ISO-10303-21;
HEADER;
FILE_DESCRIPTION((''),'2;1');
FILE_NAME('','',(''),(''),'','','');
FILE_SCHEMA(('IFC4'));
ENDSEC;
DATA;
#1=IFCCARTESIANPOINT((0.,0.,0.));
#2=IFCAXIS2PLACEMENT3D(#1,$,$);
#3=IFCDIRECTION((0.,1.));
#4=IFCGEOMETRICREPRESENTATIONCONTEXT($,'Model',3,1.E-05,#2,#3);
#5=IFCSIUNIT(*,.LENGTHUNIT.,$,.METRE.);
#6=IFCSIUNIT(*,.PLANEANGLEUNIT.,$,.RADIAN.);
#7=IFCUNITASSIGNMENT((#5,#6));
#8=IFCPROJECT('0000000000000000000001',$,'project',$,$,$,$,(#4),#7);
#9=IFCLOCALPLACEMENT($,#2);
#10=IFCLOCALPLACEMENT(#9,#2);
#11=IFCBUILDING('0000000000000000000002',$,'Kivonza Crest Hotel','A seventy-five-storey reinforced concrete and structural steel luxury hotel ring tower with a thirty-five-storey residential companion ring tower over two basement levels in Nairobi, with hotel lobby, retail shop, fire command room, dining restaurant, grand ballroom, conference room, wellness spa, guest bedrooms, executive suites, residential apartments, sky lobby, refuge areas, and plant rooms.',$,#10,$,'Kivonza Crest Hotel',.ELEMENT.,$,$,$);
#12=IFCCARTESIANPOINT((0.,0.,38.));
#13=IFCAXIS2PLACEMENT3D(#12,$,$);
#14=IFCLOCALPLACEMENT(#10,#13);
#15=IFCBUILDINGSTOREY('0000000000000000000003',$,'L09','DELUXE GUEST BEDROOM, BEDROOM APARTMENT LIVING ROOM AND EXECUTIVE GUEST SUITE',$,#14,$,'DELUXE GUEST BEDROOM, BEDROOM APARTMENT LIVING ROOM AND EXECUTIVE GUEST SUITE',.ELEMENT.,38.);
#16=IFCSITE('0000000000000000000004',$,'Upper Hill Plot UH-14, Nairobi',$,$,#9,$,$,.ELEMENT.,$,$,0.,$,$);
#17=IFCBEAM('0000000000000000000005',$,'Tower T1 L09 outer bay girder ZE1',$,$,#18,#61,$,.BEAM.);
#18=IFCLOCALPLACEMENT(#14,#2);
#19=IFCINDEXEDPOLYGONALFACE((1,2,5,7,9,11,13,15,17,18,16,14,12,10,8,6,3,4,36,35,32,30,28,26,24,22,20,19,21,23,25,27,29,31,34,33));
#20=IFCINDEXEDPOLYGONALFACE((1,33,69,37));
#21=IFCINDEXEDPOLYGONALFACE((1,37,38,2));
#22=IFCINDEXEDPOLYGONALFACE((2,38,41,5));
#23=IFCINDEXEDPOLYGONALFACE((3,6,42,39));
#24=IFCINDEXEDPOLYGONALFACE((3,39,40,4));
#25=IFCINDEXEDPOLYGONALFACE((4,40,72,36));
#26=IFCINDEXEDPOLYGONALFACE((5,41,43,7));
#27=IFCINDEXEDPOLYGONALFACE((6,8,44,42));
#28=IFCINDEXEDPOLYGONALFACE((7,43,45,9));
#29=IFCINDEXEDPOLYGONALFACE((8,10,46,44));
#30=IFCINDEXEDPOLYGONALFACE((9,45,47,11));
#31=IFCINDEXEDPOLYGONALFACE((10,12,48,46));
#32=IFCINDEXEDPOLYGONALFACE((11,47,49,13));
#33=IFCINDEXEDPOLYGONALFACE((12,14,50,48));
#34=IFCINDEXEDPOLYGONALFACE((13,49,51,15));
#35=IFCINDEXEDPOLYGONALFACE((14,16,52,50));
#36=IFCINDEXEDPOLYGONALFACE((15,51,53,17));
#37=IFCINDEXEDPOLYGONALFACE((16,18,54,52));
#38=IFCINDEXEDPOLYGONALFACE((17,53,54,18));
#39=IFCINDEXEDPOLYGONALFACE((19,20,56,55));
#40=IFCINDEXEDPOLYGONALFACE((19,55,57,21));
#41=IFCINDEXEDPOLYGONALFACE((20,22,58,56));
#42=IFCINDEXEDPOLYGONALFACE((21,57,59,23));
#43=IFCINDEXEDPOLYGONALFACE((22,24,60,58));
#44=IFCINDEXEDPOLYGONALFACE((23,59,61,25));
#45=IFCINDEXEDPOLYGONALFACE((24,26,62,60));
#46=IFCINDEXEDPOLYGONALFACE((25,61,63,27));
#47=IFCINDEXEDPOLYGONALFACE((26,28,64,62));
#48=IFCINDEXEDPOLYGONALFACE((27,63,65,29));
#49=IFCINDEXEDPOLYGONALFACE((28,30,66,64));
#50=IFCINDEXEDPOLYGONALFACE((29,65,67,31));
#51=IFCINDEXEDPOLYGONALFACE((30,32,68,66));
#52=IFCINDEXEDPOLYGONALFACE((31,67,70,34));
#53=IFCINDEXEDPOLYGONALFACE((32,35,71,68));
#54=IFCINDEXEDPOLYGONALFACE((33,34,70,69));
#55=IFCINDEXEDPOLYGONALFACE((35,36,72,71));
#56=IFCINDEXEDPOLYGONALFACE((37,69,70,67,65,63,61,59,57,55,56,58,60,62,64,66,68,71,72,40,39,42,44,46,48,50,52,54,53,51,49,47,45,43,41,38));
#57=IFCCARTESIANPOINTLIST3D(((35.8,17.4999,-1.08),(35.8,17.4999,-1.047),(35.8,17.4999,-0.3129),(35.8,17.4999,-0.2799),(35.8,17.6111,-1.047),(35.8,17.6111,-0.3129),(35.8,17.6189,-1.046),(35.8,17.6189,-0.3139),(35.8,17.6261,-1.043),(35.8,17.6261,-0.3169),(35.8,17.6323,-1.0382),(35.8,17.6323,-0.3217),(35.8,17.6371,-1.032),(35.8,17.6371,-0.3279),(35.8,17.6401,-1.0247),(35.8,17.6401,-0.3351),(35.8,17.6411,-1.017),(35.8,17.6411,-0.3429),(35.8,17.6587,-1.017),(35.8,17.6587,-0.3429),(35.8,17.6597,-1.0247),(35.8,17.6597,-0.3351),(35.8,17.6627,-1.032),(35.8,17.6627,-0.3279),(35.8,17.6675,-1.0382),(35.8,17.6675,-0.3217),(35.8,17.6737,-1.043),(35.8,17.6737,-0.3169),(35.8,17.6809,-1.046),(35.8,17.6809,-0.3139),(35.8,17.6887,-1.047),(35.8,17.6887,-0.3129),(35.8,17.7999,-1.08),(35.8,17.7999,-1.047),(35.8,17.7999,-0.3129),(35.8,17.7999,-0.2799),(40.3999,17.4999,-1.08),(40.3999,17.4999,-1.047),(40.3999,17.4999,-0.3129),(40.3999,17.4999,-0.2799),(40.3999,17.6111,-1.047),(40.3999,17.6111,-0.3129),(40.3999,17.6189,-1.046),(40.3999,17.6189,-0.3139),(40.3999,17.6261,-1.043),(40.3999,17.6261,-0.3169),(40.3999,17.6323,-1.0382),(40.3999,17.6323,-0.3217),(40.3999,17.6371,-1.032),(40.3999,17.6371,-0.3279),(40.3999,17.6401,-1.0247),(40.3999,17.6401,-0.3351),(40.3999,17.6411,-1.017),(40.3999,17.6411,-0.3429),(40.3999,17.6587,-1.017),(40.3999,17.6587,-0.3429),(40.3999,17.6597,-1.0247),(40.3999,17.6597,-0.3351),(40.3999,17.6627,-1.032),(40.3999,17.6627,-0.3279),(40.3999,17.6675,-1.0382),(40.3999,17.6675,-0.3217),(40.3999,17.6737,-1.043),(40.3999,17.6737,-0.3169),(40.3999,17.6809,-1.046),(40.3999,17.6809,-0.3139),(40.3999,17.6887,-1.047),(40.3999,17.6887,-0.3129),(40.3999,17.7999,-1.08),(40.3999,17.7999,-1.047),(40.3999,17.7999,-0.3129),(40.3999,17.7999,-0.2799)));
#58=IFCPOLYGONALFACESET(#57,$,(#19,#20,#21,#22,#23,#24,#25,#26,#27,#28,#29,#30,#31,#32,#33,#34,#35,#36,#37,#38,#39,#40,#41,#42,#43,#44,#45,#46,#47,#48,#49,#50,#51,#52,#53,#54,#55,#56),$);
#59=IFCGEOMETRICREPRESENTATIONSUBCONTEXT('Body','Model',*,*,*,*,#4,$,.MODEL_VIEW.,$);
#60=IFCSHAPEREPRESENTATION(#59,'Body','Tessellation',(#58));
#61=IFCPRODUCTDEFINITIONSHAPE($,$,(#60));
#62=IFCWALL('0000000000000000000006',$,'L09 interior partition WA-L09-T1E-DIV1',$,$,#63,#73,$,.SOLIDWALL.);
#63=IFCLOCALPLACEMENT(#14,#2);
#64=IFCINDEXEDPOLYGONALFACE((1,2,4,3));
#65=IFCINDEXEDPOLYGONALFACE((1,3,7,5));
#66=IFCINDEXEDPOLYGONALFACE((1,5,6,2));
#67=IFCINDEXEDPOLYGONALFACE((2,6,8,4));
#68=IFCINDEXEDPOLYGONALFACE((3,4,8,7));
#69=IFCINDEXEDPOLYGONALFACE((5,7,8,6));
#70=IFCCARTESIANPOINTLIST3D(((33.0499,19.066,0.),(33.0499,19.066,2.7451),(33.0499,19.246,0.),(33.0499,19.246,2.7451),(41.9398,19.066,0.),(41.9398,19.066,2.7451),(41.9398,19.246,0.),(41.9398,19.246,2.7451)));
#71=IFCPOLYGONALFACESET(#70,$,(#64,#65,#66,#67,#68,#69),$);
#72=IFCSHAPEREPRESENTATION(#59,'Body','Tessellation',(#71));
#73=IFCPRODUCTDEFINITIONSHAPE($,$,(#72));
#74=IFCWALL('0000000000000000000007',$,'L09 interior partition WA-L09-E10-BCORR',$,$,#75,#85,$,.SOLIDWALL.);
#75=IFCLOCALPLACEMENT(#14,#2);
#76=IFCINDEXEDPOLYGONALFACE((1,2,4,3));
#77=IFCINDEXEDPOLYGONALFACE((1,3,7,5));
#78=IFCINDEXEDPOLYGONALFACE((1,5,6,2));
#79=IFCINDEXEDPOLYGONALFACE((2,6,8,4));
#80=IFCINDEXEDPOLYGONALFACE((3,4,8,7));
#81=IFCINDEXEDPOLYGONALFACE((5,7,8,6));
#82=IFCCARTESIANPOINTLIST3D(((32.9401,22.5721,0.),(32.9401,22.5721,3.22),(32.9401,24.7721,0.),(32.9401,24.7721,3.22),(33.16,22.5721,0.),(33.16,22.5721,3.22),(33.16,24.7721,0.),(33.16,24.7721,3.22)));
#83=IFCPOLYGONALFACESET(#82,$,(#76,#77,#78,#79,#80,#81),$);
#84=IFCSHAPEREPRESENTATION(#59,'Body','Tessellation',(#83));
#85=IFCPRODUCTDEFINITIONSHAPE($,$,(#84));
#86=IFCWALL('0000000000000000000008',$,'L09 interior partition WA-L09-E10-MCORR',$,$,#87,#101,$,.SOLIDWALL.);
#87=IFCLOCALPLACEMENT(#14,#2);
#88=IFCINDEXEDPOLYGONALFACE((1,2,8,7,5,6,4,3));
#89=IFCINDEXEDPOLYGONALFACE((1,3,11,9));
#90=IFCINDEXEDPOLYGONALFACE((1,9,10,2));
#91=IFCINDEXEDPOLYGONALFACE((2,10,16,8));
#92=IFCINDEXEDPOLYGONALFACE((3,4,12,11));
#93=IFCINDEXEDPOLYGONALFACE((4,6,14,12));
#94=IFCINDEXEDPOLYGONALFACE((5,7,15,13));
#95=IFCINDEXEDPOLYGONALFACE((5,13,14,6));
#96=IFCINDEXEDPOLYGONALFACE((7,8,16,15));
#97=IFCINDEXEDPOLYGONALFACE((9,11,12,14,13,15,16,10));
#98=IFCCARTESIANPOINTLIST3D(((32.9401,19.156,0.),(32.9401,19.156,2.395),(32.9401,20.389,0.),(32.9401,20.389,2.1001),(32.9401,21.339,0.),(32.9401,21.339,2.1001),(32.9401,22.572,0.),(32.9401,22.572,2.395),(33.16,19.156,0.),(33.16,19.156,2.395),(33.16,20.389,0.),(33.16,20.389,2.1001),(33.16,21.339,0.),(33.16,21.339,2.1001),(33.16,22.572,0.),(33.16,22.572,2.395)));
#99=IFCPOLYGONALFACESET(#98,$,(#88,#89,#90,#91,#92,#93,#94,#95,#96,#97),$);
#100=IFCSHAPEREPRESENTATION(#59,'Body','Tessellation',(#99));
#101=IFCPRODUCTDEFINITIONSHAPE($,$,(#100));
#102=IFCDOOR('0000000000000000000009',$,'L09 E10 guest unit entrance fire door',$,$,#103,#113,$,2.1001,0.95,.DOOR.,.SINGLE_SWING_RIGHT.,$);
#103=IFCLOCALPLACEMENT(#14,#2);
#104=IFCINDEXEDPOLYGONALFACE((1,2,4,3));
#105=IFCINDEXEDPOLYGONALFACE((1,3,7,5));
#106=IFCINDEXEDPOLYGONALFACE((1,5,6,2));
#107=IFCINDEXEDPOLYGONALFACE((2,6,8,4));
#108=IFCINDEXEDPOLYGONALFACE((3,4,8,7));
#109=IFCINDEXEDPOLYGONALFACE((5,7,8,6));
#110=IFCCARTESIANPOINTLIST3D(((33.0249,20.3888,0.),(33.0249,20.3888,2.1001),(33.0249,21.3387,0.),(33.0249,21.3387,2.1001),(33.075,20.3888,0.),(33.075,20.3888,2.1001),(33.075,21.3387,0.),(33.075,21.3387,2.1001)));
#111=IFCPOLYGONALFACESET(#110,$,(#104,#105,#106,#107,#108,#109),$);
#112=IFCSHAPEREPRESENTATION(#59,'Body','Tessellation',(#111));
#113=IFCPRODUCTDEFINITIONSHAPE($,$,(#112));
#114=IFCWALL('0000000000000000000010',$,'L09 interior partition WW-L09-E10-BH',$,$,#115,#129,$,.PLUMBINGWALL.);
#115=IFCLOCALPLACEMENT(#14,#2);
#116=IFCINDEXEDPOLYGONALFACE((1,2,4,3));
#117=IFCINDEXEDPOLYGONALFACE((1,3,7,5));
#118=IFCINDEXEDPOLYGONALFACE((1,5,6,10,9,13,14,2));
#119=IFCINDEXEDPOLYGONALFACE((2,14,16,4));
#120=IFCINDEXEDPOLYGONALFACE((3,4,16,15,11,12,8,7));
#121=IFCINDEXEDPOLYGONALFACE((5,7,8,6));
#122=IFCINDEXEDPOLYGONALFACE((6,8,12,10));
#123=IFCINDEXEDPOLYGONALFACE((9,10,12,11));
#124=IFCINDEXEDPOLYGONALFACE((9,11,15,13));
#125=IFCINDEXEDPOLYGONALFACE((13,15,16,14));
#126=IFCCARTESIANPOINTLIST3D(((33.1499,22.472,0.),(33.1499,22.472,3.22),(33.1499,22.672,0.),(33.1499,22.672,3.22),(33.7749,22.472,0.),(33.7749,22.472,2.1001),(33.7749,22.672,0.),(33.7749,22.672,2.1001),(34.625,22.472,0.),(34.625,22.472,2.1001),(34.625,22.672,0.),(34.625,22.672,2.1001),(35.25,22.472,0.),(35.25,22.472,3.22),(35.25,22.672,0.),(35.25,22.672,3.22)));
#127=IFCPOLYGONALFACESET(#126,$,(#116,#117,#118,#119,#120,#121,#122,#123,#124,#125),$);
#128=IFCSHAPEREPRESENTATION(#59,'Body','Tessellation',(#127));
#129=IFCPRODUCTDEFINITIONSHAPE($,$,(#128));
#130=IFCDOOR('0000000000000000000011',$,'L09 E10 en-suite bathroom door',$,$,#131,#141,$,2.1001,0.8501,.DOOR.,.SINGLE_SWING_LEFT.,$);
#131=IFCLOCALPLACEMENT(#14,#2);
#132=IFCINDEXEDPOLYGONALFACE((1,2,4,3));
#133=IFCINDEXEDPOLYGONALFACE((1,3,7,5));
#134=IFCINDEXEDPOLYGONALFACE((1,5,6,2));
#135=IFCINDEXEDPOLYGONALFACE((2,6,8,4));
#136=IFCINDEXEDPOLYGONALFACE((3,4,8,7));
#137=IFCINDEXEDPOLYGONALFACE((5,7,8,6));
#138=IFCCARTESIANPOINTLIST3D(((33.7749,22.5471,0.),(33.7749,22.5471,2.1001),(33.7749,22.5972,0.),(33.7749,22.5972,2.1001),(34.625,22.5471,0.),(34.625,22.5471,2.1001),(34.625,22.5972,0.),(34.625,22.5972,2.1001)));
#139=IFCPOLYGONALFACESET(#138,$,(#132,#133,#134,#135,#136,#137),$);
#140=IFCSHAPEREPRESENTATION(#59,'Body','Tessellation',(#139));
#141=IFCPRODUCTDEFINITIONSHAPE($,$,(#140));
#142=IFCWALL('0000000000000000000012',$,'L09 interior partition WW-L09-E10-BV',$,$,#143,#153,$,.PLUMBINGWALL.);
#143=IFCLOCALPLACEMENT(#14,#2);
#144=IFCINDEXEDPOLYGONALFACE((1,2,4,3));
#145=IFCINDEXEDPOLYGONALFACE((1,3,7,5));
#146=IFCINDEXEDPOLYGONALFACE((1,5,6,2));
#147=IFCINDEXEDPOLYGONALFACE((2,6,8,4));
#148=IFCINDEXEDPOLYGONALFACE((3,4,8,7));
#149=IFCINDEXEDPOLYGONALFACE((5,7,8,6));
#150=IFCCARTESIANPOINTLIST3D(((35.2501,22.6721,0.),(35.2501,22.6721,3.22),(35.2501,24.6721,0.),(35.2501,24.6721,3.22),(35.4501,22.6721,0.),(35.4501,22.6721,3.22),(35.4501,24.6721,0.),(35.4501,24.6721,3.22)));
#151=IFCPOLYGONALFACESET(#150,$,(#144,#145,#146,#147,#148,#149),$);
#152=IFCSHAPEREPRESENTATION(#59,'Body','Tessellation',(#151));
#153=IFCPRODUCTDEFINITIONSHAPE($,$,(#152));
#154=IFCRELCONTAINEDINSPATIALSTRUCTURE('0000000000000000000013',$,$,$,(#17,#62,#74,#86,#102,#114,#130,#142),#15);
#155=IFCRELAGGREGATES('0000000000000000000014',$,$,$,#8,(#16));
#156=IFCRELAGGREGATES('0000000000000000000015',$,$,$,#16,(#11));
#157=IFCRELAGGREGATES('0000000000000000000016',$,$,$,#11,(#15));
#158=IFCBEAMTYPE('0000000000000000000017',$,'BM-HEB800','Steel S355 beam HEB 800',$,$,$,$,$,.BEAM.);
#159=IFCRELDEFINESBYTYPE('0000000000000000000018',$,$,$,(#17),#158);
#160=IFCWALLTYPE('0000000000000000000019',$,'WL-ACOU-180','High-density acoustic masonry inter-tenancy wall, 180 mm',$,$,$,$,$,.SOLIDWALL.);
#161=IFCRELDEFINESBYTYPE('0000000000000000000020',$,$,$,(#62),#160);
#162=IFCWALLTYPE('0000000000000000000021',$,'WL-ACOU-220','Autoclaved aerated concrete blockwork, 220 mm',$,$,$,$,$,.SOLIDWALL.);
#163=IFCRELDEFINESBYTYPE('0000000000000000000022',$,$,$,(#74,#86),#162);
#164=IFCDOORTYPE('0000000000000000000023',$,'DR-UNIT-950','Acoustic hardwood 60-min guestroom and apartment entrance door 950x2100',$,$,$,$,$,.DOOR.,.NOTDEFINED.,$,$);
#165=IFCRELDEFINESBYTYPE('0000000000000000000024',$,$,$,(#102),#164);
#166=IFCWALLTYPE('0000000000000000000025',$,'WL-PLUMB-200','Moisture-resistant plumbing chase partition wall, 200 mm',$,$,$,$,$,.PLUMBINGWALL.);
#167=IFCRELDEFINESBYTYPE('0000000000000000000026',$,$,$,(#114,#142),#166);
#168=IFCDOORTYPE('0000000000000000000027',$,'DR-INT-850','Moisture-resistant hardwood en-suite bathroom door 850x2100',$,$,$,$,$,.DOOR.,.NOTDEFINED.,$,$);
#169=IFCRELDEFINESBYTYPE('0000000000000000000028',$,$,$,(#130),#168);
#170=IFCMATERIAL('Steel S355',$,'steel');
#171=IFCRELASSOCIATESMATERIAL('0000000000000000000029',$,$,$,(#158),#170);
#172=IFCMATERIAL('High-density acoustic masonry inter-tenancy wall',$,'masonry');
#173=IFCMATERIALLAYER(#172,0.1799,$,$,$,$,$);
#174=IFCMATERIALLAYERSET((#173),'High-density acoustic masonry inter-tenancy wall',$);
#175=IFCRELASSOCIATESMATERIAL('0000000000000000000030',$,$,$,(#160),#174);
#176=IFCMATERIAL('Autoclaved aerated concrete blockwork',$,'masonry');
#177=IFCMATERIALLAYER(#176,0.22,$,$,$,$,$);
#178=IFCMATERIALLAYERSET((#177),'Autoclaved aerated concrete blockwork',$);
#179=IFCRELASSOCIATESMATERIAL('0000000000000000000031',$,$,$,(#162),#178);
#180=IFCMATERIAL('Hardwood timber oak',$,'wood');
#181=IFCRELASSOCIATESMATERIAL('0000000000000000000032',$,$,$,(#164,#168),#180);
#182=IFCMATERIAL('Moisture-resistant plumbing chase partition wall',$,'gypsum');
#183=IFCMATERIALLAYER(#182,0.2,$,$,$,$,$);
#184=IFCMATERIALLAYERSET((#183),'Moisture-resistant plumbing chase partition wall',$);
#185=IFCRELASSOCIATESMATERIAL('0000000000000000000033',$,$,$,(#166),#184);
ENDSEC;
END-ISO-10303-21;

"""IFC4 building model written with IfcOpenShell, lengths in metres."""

from ifc_helpers import new_model, si_unit, direction, frame, frame_2d, origin, origin_2d, place, context, subcontext, project, spatial, rectangle, i_section, extrude, material, layer, layer_set, material_profile, profile_set, type_object, element, fill, save


model = new_model("IFC4")

# Units and contexts
model_context = context("Model", 3, precision=1e-05, world=origin(), true_north=direction((0.0, 1.0)))
body_context = subcontext(model_context, "Body", "Model", "MODEL_VIEW")
ifc_project = project(units=[si_unit("LENGTHUNIT", "METRE"), si_unit("PLANEANGLEUNIT", "RADIAN")], contexts=[model_context])

# Site, building, storey
site_placement = place(None, origin())
site = spatial("IfcSite", under=ifc_project, at=site_placement, Name="Upper Hill Plot UH-14, Nairobi", CompositionType="ELEMENT", RefElevation=0.0)
building_placement = place(site_placement, origin())
building = spatial("IfcBuilding", under=site, at=building_placement, Name="Kivonza Crest Hotel", Description="A seventy-five-storey reinforced concrete and structural steel luxury hotel ring tower with a thirty-five-storey residential companion ring tower over two basement levels in Nairobi, with hotel lobby, retail shop, fire command room, dining restaurant, grand ballroom, conference room, wellness spa, guest bedrooms, executive suites, residential apartments, sky lobby, refuge areas, and plant rooms.", LongName="Kivonza Crest Hotel", CompositionType="ELEMENT")
storey_placement = place(building_placement, frame((0.0, 0.0, 38.0)))
storey = spatial("IfcBuildingStorey", under=building, at=storey_placement, Name="L09", Description="DELUXE GUEST BEDROOM, BEDROOM APARTMENT LIVING ROOM AND EXECUTIVE GUEST SUITE", LongName="DELUXE GUEST BEDROOM, BEDROOM APARTMENT LIVING ROOM AND EXECUTIVE GUEST SUITE", CompositionType="ELEMENT", Elevation=38.0)

# Beam
ifc_material_1 = material(Name="Steel S355", Category="steel")
ifc_material_profile_1 = material_profile(ifc_material_1, i_section(OverallWidth=0.3, OverallDepth=0.8, WebThickness=0.0176, FlangeThickness=0.033, FilletRadius=0.03, at=origin_2d()), Name="HEB 800")
ifc_profile_set_1 = profile_set([ifc_material_profile_1], Name="Steel S355")
beam_type_1 = type_object("IfcBeamType", Name="BM-HEB800", Description="Steel S355 beam HEB 800", PredefinedType="BEAM", material=ifc_profile_set_1)
beam_1_placement = place(storey_placement, frame((40.3999, 17.6499, -0.6799), z_axis=(-1.0, 0.0, 0.0), x_axis=(0.0, -1.0, 0.0)))
element("IfcBeam", 1, at=beam_1_placement, inside=storey, type_object=beam_type_1, Name="Tower T1 L09 outer bay girder ZE1", PredefinedType="BEAM", context=body_context, shape_type="SweptSolid", body=[
    extrude(i_section(OverallWidth=0.3, OverallDepth=0.8, WebThickness=0.0176, FlangeThickness=0.033, FilletRadius=0.03, at=origin_2d()), origin(), (0.0, 0.0, 1.0), 4.5999),
])

# Walls
ifc_material_2 = material(Name="High-density acoustic masonry inter-tenancy wall", Category="masonry")
ifc_layer_1 = layer(ifc_material_2, 0.1799)
ifc_layer_set_1 = layer_set([ifc_layer_1], Name="High-density acoustic masonry inter-tenancy wall")
wall_type_1 = type_object("IfcWallType", Name="WL-ACOU-180", Description="High-density acoustic masonry inter-tenancy wall, 180 mm", PredefinedType="SOLIDWALL", material=ifc_layer_set_1)
wall_1_placement = place(storey_placement, frame((33.05, 19.156, 0.0), z_axis=(0.0, 0.0, 1.0), x_axis=(1.0, 0.0, 0.0)))
element("IfcWall", 2, at=wall_1_placement, inside=storey, type_object=wall_type_1, Name="L09 interior partition WA-L09-T1E-DIV1", PredefinedType="SOLIDWALL", context=body_context, shape_type="SweptSolid", body=[
    extrude(rectangle(XDim=8.8899, YDim=0.1799, at=frame_2d((4.4448, 0.0))), origin(), (0.0, 0.0, 1.0), 2.7451),
])
ifc_material_3 = material(Name="Autoclaved aerated concrete blockwork", Category="masonry")
ifc_layer_2 = layer(ifc_material_3, 0.22)
ifc_layer_set_2 = layer_set([ifc_layer_2], Name="Autoclaved aerated concrete blockwork")
wall_type_2 = type_object("IfcWallType", Name="WL-ACOU-220", Description="Autoclaved aerated concrete blockwork, 220 mm", PredefinedType="SOLIDWALL", material=ifc_layer_set_2)
wall_2_placement = place(storey_placement, frame((33.05, 22.572, 0.0), z_axis=(0.0, 0.0, 1.0), x_axis=(0.0, 1.0, 0.0)))
element("IfcWall", 3, at=wall_2_placement, inside=storey, type_object=wall_type_2, Name="L09 interior partition WA-L09-E10-BCORR", PredefinedType="SOLIDWALL", context=body_context, shape_type="SweptSolid", body=[
    extrude(rectangle(XDim=2.2, YDim=0.22, at=frame_2d((1.1001, 0.0))), origin(), (0.0, 0.0, 1.0), 3.22),
])

# Walls, openings, doors
wall_3_placement = place(storey_placement, frame((33.05, 19.156, 0.0), z_axis=(0.0, 0.0, 1.0), x_axis=(0.0, 1.0, 0.0)))
wall_3 = element("IfcWall", 4, at=wall_3_placement, inside=storey, type_object=wall_type_2, Name="L09 interior partition WA-L09-E10-MCORR", PredefinedType="SOLIDWALL", context=body_context, shape_type="SweptSolid", body=[
    extrude(rectangle(XDim=3.416, YDim=0.22, at=frame_2d((1.708, 0.0))), origin(), (0.0, 0.0, 1.0), 2.395),
])
opening_1_placement = place(wall_3_placement, frame((1.2329, 0.0, 0.0)))
opening_1 = element("IfcOpeningElement", 5, at=opening_1_placement, cuts=wall_3, PredefinedType="OPENING", context=body_context, shape_type="SweptSolid", body=[
    extrude(rectangle(XDim=0.95, YDim=2.1001, at=frame_2d((0.4751, 1.05))), frame((0.0, 0.1201, 0.0), z_axis=(0.0, -1.0, 0.0), x_axis=(1.0, 0.0, 0.0)), (0.0, 0.0, 1.0), 0.24),
])
ifc_material_4 = material(Name="Hardwood timber oak", Category="wood")
door_type_1 = type_object("IfcDoorType", Name="DR-UNIT-950", Description="Acoustic hardwood 60-min guestroom and apartment entrance door 950x2100", OperationType="NOTDEFINED", PredefinedType="DOOR", material=ifc_material_4)
door_1_placement = place(opening_1_placement, frame((0.95, 0.0, 0.0), z_axis=(0.0, 0.0, 1.0), x_axis=(-1.0, 0.0, 0.0)))
door_1 = element("IfcDoor", 6, at=door_1_placement, inside=storey, type_object=door_type_1, Name="L09 E10 guest unit entrance fire door", OperationType="SINGLE_SWING_RIGHT", OverallHeight=2.1001, OverallWidth=0.95, PredefinedType="DOOR", context=body_context, shape_type="SweptSolid", body=[
    extrude(rectangle(XDim=0.95, YDim=2.1001, at=frame_2d((0.4751, 1.05))), frame((0.0, 0.0249, 0.0), z_axis=(0.0, -1.0, 0.0), x_axis=(1.0, 0.0, 0.0)), (0.0, 0.0, 1.0), 0.05),
])
fill(opening_1, door_1)
ifc_material_5 = material(Name="Moisture-resistant plumbing chase partition wall", Category="gypsum")
ifc_layer_3 = layer(ifc_material_5, 0.2)
ifc_layer_set_3 = layer_set([ifc_layer_3], Name="Moisture-resistant plumbing chase partition wall")
wall_type_3 = type_object("IfcWallType", Name="WL-PLUMB-200", Description="Moisture-resistant plumbing chase partition wall, 200 mm", PredefinedType="PLUMBINGWALL", material=ifc_layer_set_3)
wall_4_placement = place(storey_placement, frame((33.1499, 22.572, 0.0), z_axis=(0.0, 0.0, 1.0), x_axis=(1.0, 0.0, 0.0)))
wall_4 = element("IfcWall", 7, at=wall_4_placement, inside=storey, type_object=wall_type_3, Name="L09 interior partition WW-L09-E10-BH", PredefinedType="PLUMBINGWALL", context=body_context, shape_type="SweptSolid", body=[
    extrude(rectangle(XDim=2.1001, YDim=0.2, at=frame_2d((1.05, 0.0))), origin(), (0.0, 0.0, 1.0), 3.22),
])
opening_2_placement = place(wall_4_placement, frame((0.625, 0.0, 0.0)))
opening_2 = element("IfcOpeningElement", 8, at=opening_2_placement, cuts=wall_4, PredefinedType="OPENING", context=body_context, shape_type="SweptSolid", body=[
    extrude(rectangle(XDim=0.8501, YDim=2.1001, at=frame_2d((0.425, 1.05))), frame((0.0, 0.1099, 0.0), z_axis=(0.0, -1.0, 0.0), x_axis=(1.0, 0.0, 0.0)), (0.0, 0.0, 1.0), 0.22),
])
door_type_2 = type_object("IfcDoorType", Name="DR-INT-850", Description="Moisture-resistant hardwood en-suite bathroom door 850x2100", OperationType="NOTDEFINED", PredefinedType="DOOR", material=ifc_material_4)
door_2_placement = place(opening_2_placement, frame((0.8501, 0.0, 0.0), z_axis=(0.0, 0.0, 1.0), x_axis=(-1.0, 0.0, 0.0)))
door_2 = element("IfcDoor", 9, at=door_2_placement, inside=storey, type_object=door_type_2, Name="L09 E10 en-suite bathroom door", OperationType="SINGLE_SWING_LEFT", OverallHeight=2.1001, OverallWidth=0.8501, PredefinedType="DOOR", context=body_context, shape_type="SweptSolid", body=[
    extrude(rectangle(XDim=0.8501, YDim=2.1001, at=frame_2d((0.425, 1.05))), frame((0.0, 0.0249, 0.0), z_axis=(0.0, -1.0, 0.0), x_axis=(1.0, 0.0, 0.0)), (0.0, 0.0, 1.0), 0.05),
])
fill(opening_2, door_2)

# Wall
wall_5_placement = place(storey_placement, frame((35.3501, 22.6721, 0.0), z_axis=(0.0, 0.0, 1.0), x_axis=(0.0, 1.0, 0.0)))
element("IfcWall", 10, at=wall_5_placement, inside=storey, type_object=wall_type_3, Name="L09 interior partition WW-L09-E10-BV", PredefinedType="PLUMBINGWALL", context=body_context, shape_type="SweptSolid", body=[
    extrude(rectangle(XDim=2.0, YDim=0.2, at=frame_2d((1.0, 0.0))), origin(), (0.0, 0.0, 1.0), 3.22),
])

save(model, "model.ifc")
